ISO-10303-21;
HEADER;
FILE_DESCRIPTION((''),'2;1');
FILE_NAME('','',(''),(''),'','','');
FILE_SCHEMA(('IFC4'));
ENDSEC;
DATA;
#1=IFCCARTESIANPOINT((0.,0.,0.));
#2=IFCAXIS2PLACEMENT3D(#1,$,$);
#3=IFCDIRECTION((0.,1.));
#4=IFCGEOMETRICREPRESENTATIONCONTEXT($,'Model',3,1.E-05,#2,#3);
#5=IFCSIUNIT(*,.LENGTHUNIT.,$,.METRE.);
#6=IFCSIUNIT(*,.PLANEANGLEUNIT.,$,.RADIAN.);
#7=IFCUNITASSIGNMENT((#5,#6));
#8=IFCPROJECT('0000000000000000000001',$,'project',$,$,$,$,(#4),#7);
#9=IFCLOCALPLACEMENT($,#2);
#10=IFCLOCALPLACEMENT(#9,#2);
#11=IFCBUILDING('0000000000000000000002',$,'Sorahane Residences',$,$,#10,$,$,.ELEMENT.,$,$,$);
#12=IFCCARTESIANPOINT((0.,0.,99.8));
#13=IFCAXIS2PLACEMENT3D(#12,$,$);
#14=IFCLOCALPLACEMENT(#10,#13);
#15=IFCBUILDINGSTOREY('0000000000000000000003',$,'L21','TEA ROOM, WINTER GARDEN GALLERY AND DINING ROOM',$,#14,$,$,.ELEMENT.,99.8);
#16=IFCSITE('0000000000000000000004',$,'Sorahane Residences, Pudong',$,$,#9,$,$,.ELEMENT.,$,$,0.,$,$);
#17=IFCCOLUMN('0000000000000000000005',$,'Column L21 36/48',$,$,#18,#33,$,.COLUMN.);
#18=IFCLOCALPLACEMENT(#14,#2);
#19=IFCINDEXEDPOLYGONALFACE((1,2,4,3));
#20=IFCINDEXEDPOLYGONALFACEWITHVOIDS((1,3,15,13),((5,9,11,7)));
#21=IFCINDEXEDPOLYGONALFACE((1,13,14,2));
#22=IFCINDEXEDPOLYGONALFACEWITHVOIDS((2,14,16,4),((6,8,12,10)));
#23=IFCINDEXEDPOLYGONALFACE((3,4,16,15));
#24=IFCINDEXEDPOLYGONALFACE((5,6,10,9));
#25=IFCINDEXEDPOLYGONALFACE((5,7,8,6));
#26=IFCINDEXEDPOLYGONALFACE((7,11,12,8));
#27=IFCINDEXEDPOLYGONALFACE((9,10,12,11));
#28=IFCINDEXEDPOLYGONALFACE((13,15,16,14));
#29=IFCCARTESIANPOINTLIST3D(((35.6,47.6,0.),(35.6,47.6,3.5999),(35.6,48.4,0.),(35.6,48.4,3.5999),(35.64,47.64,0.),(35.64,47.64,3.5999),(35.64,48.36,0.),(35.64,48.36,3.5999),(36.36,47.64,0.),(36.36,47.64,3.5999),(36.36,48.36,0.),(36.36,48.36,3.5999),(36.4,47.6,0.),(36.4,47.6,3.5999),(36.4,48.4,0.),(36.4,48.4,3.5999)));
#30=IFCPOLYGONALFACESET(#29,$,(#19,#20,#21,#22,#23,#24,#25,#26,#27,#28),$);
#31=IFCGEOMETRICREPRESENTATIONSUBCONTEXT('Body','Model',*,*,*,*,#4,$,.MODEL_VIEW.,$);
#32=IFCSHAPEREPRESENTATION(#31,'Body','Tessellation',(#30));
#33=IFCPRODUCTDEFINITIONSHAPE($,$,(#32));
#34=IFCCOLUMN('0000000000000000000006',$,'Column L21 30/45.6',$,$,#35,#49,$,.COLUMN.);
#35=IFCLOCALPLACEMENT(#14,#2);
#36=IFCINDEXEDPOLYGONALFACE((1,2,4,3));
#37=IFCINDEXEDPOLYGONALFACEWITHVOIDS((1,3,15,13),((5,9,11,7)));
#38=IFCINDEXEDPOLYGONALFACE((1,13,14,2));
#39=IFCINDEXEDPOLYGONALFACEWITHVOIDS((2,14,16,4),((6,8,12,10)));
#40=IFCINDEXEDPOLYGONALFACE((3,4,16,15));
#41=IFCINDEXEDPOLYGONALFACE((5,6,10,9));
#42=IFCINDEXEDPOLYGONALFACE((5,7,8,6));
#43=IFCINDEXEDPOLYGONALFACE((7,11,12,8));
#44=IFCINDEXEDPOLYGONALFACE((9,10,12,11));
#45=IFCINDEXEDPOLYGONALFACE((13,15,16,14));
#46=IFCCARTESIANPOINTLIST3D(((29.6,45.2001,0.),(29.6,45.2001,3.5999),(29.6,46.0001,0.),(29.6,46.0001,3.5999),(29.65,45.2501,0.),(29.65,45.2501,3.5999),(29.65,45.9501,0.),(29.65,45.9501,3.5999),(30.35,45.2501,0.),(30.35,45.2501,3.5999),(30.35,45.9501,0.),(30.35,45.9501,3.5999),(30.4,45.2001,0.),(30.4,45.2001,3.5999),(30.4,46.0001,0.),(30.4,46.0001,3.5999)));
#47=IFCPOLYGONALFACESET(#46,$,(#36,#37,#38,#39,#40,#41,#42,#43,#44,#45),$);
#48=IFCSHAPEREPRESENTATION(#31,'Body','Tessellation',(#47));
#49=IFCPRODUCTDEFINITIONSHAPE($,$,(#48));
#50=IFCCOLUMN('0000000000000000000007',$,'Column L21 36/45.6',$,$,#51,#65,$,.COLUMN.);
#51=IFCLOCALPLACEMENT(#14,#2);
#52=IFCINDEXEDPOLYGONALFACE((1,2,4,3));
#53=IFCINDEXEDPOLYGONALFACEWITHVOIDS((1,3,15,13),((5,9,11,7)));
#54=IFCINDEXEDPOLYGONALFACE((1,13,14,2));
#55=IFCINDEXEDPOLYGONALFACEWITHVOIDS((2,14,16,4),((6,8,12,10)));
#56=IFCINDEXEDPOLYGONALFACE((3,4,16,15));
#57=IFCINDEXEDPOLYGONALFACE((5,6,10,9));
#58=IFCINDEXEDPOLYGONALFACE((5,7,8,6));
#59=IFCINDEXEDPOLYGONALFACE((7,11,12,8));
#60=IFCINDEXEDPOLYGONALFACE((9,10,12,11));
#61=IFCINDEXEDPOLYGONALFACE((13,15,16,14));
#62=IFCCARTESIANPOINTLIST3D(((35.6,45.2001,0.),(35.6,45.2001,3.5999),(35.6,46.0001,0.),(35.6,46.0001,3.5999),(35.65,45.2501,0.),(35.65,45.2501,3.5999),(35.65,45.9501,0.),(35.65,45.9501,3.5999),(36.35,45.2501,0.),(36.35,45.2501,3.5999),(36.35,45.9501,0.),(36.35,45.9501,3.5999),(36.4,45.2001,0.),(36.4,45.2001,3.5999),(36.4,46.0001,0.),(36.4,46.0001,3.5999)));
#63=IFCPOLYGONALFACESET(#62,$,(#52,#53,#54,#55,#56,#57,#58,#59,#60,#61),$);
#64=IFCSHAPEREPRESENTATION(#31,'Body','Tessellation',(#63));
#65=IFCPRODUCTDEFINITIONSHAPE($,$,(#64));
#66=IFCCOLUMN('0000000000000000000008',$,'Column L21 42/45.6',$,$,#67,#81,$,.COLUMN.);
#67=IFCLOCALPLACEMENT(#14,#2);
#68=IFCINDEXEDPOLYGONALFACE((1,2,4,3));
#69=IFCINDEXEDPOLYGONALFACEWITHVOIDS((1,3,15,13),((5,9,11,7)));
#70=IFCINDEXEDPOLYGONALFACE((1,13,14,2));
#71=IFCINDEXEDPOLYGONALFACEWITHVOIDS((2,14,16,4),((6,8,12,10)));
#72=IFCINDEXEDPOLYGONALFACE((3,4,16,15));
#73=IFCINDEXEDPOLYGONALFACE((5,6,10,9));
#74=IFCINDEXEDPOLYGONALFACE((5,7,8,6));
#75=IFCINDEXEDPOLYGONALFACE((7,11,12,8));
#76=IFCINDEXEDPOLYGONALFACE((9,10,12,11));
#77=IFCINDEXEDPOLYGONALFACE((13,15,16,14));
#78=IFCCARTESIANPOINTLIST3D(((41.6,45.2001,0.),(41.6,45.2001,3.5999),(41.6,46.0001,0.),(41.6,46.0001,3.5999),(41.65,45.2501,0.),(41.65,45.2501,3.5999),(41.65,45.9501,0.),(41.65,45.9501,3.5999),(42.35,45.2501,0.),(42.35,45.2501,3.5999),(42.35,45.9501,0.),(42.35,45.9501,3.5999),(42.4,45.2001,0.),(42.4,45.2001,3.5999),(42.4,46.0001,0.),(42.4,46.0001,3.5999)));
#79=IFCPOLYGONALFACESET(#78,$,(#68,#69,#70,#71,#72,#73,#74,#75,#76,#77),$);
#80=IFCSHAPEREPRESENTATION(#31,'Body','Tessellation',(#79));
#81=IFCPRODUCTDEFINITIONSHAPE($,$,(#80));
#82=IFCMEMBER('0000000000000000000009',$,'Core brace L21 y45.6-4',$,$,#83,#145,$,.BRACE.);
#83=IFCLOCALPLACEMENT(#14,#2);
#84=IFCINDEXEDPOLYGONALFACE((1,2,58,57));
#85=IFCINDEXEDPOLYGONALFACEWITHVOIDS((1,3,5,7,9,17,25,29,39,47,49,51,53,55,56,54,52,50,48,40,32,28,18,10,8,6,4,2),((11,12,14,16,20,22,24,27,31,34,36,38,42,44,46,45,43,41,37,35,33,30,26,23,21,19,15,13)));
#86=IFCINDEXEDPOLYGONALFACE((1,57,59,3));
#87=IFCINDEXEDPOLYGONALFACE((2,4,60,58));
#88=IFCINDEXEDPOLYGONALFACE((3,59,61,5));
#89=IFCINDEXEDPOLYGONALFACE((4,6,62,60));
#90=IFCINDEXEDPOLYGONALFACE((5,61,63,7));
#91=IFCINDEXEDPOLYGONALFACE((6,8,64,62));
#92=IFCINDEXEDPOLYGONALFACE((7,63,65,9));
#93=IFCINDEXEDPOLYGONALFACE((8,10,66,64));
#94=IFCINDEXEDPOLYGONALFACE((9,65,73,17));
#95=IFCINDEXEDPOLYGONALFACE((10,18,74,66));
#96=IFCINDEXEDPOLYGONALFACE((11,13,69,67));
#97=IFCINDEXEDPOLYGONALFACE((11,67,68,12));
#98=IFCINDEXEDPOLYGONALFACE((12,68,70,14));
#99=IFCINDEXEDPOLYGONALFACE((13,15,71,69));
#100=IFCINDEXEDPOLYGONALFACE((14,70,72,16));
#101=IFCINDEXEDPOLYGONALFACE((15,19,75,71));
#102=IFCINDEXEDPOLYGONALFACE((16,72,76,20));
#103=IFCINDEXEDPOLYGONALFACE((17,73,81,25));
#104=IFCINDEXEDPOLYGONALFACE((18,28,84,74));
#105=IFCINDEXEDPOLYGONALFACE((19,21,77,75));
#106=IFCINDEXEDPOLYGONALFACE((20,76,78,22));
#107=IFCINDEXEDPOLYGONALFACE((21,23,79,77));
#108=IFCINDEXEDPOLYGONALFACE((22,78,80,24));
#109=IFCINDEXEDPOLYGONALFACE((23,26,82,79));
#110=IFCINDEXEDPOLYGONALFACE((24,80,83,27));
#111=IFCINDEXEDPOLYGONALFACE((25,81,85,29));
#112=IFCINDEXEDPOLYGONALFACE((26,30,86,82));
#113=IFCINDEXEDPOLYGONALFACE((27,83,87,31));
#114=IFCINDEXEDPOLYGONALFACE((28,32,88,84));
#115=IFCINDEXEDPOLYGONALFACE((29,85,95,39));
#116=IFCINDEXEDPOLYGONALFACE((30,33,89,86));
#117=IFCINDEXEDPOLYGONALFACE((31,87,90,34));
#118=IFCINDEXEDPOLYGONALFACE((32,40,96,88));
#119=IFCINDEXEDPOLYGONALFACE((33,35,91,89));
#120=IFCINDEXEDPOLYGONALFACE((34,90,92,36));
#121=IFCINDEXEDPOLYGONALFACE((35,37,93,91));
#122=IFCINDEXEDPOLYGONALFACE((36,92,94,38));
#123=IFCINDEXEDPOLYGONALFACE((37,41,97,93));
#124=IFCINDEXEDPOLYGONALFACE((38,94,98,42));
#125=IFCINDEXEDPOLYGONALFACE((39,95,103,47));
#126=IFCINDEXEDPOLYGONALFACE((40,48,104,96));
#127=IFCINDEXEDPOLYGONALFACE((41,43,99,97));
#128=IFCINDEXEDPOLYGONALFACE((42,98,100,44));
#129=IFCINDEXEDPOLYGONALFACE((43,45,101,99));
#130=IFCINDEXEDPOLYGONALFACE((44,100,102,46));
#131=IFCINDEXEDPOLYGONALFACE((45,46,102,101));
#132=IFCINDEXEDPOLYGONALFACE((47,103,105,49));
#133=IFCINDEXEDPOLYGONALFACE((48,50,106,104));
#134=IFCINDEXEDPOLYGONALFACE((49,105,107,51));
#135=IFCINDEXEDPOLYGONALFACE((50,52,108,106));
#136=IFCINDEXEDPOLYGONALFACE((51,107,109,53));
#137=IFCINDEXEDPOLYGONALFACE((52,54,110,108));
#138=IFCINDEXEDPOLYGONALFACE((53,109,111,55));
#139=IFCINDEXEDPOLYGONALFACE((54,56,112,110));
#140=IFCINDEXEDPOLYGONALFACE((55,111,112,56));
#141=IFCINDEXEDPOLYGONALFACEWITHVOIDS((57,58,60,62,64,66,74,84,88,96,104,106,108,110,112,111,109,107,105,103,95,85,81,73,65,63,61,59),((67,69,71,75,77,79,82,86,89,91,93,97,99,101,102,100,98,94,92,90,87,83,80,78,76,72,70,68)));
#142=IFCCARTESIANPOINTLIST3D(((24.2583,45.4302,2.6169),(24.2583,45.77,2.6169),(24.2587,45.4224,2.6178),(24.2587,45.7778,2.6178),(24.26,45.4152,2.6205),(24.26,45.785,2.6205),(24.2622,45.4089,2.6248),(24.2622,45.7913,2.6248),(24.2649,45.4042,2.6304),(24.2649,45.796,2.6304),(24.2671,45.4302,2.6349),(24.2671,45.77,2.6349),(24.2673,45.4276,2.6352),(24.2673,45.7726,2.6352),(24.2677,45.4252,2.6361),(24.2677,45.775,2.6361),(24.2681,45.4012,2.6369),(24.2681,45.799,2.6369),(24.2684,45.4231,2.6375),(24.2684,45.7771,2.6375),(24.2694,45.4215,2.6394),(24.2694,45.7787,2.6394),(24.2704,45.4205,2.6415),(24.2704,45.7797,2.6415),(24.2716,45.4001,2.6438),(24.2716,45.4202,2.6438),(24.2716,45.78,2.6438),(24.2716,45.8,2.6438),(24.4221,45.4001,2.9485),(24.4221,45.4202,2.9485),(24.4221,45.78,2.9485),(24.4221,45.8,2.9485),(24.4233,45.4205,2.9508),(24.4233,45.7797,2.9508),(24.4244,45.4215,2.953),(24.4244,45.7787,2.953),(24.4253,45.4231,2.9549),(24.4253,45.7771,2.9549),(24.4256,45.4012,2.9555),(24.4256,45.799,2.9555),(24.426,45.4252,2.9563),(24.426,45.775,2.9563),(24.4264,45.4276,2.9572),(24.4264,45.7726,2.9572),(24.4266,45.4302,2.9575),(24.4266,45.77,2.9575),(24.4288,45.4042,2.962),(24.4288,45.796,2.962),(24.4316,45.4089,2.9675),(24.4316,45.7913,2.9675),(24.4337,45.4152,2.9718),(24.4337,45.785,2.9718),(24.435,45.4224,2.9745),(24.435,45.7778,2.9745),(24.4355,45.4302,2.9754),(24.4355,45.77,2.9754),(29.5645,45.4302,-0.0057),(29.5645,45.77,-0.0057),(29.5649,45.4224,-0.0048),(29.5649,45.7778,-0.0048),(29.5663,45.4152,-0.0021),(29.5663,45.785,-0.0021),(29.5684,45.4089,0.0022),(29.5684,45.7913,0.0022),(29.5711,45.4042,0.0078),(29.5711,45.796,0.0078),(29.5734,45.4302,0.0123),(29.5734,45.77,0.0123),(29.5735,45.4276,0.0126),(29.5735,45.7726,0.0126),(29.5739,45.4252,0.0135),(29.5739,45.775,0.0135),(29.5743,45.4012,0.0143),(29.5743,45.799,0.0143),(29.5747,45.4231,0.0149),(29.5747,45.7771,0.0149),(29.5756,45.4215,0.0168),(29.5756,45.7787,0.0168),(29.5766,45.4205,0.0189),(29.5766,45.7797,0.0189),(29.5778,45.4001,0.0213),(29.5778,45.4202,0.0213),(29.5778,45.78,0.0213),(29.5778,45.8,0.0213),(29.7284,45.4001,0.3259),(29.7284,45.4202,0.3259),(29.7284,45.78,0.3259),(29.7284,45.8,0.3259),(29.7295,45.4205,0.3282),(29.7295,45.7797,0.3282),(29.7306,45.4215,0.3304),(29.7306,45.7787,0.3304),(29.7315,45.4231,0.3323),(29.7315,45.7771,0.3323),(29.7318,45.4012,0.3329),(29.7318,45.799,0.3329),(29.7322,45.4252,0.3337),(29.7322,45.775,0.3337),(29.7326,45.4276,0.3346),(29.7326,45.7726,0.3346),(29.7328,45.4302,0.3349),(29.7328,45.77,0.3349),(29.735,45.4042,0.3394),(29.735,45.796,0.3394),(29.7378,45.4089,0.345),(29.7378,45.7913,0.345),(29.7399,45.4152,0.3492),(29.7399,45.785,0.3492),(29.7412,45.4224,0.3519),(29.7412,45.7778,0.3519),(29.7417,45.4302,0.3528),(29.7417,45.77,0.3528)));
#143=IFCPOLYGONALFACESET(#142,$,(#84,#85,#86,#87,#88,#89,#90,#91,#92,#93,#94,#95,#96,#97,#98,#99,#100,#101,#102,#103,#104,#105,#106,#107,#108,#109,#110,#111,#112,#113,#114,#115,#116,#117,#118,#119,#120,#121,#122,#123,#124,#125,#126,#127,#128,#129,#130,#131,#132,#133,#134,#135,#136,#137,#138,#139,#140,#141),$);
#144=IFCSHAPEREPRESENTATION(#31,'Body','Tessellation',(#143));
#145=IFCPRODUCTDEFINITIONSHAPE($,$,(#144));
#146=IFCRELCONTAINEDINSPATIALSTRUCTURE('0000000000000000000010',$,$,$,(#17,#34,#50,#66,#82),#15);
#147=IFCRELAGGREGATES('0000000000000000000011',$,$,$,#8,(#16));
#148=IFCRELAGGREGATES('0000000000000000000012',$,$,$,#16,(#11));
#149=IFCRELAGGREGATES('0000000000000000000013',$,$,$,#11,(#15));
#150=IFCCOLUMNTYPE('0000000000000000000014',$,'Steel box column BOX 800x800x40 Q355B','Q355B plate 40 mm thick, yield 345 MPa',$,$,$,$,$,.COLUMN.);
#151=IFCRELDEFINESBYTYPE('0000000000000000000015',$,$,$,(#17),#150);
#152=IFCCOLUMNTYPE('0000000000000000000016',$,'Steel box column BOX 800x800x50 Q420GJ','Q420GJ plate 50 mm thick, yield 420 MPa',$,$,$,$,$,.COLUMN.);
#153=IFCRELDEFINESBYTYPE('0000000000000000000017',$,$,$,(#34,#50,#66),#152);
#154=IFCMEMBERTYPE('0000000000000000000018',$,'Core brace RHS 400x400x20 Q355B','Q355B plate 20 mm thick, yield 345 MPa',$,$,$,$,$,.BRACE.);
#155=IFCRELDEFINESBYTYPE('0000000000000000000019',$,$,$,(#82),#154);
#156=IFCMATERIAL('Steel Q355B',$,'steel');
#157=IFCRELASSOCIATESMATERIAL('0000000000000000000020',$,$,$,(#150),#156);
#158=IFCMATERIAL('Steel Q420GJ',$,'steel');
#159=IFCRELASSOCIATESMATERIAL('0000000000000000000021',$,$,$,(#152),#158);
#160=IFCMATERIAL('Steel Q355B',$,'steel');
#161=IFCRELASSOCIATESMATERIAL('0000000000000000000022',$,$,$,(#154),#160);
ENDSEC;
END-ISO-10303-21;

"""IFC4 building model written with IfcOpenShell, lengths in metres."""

from ifc_helpers import new_model, si_unit, direction, frame, origin, origin_2d, place, context, subcontext, project, spatial, hollow_rectangle, extrude, material, material_profile, profile_set, type_object, element, save


model = new_model("IFC4")

# Units and contexts
model_context = context("Model", 3, precision=1e-05, world=origin(), true_north=direction((0.0, 1.0)))
body_context = subcontext(model_context, "Body", "Model", "MODEL_VIEW")
ifc_project = project(units=[si_unit("LENGTHUNIT", "METRE"), si_unit("PLANEANGLEUNIT", "RADIAN")], contexts=[model_context])

# Site, building, storey
site_placement = place(None, origin())
site = spatial("IfcSite", under=ifc_project, at=site_placement, Name="Sorahane Residences, Pudong", CompositionType="ELEMENT", RefElevation=0.0)
building_placement = place(site_placement, origin())
building = spatial("IfcBuilding", under=site, at=building_placement, Name="Sorahane Residences", CompositionType="ELEMENT")
storey_placement = place(building_placement, frame((0.0, 0.0, 99.8)))
storey = spatial("IfcBuildingStorey", under=building, at=storey_placement, Name="L21", Description="TEA ROOM, WINTER GARDEN GALLERY AND DINING ROOM", CompositionType="ELEMENT", Elevation=99.8)

# Columns
ifc_material_1 = material(Name="Steel Q355B", Category="steel")
ifc_material_profile_1 = material_profile(ifc_material_1, hollow_rectangle(XDim=0.8, YDim=0.8, WallThickness=0.04, at=origin_2d()), Name="BOX 800x800x40")
ifc_profile_set_1 = profile_set([ifc_material_profile_1], Name="Steel Q355B")
column_type_1 = type_object("IfcColumnType", Name="Steel box column BOX 800x800x40 Q355B", Description="Q355B plate 40 mm thick, yield 345 MPa", PredefinedType="COLUMN", material=ifc_profile_set_1)
column_placement = place(storey_placement, frame((36.0, 48.0, 0.0), z_axis=(0.0, 0.0, 1.0), x_axis=(1.0, 0.0, 0.0)))
element("IfcColumn", 1, at=column_placement, inside=storey, type_object=column_type_1, Name="Column L21 36/48", PredefinedType="COLUMN", context=body_context, shape_type="SweptSolid", body=[
    extrude(hollow_rectangle(XDim=0.8, YDim=0.8, WallThickness=0.04, at=origin_2d()), origin(), (0.0, 0.0, 1.0), 3.5999),
])
ifc_material_2 = material(Name="Steel Q420GJ", Category="steel")
ifc_material_profile_2 = material_profile(ifc_material_2, hollow_rectangle(XDim=0.8, YDim=0.8, WallThickness=0.05, at=origin_2d()), Name="BOX 800x800x50")
ifc_profile_set_2 = profile_set([ifc_material_profile_2], Name="Steel Q420GJ")
column_type_2 = type_object("IfcColumnType", Name="Steel box column BOX 800x800x50 Q420GJ", Description="Q420GJ plate 50 mm thick, yield 420 MPa", PredefinedType="COLUMN", material=ifc_profile_set_2)
for number, where, z_axis, x_axis, name in (
    (2, (30.0, 45.6001, 0.0), (0.0, 0.0, 1.0), (1.0, 0.0, 0.0), "Column L21 30/45.6"),
    (3, (36.0, 45.6001, 0.0), (0.0, 0.0, 1.0), (1.0, 0.0, 0.0), "Column L21 36/45.6"),
    (4, (42.0, 45.6001, 0.0), (0.0, 0.0, 1.0), (1.0, 0.0, 0.0), "Column L21 42/45.6"),
):
    element("IfcColumn", number, at=place(storey_placement, frame(where, z_axis=z_axis, x_axis=x_axis)), inside=storey, type_object=column_type_2, Name=name, PredefinedType="COLUMN", context=body_context, shape_type="SweptSolid", body=[
        extrude(hollow_rectangle(XDim=0.8, YDim=0.8, WallThickness=0.05, at=origin_2d()), origin(), (0.0, 0.0, 1.0), 3.5999),
    ])

# Member
ifc_material_3 = material(Name="Steel Q355B", Category="steel")
ifc_material_profile_3 = material_profile(ifc_material_3, hollow_rectangle(XDim=0.3999, YDim=0.3999, WallThickness=0.02, InnerFilletRadius=0.01, OuterFilletRadius=0.03, at=origin_2d()), Name="RHS 400x400x20")
ifc_profile_set_3 = profile_set([ifc_material_profile_3], Name="Steel Q355B")
member_type_1 = type_object("IfcMemberType", Name="Core brace RHS 400x400x20 Q355B", Description="Q355B plate 20 mm thick, yield 345 MPa", PredefinedType="BRACE", material=ifc_profile_set_3)
for number, where, z_axis, x_axis, name in (
    (5, (29.6531, 45.6001, 0.1736), (-0.89648, 0.0, 0.443084), (0.0, -1.0, 0.0), "Core brace L21 y45.6-4"),
):
    element("IfcMember", number, at=place(storey_placement, frame(where, z_axis=z_axis, x_axis=x_axis)), inside=storey, type_object=member_type_1, Name=name, PredefinedType="BRACE", context=body_context, shape_type="SweptSolid", body=[
        extrude(hollow_rectangle(XDim=0.3999, YDim=0.3999, WallThickness=0.02, InnerFilletRadius=0.01, OuterFilletRadius=0.03, at=origin_2d()), origin(), (0.0, 0.0, 1.0), 5.9189),
    ])

save(model, "model.ifc")
